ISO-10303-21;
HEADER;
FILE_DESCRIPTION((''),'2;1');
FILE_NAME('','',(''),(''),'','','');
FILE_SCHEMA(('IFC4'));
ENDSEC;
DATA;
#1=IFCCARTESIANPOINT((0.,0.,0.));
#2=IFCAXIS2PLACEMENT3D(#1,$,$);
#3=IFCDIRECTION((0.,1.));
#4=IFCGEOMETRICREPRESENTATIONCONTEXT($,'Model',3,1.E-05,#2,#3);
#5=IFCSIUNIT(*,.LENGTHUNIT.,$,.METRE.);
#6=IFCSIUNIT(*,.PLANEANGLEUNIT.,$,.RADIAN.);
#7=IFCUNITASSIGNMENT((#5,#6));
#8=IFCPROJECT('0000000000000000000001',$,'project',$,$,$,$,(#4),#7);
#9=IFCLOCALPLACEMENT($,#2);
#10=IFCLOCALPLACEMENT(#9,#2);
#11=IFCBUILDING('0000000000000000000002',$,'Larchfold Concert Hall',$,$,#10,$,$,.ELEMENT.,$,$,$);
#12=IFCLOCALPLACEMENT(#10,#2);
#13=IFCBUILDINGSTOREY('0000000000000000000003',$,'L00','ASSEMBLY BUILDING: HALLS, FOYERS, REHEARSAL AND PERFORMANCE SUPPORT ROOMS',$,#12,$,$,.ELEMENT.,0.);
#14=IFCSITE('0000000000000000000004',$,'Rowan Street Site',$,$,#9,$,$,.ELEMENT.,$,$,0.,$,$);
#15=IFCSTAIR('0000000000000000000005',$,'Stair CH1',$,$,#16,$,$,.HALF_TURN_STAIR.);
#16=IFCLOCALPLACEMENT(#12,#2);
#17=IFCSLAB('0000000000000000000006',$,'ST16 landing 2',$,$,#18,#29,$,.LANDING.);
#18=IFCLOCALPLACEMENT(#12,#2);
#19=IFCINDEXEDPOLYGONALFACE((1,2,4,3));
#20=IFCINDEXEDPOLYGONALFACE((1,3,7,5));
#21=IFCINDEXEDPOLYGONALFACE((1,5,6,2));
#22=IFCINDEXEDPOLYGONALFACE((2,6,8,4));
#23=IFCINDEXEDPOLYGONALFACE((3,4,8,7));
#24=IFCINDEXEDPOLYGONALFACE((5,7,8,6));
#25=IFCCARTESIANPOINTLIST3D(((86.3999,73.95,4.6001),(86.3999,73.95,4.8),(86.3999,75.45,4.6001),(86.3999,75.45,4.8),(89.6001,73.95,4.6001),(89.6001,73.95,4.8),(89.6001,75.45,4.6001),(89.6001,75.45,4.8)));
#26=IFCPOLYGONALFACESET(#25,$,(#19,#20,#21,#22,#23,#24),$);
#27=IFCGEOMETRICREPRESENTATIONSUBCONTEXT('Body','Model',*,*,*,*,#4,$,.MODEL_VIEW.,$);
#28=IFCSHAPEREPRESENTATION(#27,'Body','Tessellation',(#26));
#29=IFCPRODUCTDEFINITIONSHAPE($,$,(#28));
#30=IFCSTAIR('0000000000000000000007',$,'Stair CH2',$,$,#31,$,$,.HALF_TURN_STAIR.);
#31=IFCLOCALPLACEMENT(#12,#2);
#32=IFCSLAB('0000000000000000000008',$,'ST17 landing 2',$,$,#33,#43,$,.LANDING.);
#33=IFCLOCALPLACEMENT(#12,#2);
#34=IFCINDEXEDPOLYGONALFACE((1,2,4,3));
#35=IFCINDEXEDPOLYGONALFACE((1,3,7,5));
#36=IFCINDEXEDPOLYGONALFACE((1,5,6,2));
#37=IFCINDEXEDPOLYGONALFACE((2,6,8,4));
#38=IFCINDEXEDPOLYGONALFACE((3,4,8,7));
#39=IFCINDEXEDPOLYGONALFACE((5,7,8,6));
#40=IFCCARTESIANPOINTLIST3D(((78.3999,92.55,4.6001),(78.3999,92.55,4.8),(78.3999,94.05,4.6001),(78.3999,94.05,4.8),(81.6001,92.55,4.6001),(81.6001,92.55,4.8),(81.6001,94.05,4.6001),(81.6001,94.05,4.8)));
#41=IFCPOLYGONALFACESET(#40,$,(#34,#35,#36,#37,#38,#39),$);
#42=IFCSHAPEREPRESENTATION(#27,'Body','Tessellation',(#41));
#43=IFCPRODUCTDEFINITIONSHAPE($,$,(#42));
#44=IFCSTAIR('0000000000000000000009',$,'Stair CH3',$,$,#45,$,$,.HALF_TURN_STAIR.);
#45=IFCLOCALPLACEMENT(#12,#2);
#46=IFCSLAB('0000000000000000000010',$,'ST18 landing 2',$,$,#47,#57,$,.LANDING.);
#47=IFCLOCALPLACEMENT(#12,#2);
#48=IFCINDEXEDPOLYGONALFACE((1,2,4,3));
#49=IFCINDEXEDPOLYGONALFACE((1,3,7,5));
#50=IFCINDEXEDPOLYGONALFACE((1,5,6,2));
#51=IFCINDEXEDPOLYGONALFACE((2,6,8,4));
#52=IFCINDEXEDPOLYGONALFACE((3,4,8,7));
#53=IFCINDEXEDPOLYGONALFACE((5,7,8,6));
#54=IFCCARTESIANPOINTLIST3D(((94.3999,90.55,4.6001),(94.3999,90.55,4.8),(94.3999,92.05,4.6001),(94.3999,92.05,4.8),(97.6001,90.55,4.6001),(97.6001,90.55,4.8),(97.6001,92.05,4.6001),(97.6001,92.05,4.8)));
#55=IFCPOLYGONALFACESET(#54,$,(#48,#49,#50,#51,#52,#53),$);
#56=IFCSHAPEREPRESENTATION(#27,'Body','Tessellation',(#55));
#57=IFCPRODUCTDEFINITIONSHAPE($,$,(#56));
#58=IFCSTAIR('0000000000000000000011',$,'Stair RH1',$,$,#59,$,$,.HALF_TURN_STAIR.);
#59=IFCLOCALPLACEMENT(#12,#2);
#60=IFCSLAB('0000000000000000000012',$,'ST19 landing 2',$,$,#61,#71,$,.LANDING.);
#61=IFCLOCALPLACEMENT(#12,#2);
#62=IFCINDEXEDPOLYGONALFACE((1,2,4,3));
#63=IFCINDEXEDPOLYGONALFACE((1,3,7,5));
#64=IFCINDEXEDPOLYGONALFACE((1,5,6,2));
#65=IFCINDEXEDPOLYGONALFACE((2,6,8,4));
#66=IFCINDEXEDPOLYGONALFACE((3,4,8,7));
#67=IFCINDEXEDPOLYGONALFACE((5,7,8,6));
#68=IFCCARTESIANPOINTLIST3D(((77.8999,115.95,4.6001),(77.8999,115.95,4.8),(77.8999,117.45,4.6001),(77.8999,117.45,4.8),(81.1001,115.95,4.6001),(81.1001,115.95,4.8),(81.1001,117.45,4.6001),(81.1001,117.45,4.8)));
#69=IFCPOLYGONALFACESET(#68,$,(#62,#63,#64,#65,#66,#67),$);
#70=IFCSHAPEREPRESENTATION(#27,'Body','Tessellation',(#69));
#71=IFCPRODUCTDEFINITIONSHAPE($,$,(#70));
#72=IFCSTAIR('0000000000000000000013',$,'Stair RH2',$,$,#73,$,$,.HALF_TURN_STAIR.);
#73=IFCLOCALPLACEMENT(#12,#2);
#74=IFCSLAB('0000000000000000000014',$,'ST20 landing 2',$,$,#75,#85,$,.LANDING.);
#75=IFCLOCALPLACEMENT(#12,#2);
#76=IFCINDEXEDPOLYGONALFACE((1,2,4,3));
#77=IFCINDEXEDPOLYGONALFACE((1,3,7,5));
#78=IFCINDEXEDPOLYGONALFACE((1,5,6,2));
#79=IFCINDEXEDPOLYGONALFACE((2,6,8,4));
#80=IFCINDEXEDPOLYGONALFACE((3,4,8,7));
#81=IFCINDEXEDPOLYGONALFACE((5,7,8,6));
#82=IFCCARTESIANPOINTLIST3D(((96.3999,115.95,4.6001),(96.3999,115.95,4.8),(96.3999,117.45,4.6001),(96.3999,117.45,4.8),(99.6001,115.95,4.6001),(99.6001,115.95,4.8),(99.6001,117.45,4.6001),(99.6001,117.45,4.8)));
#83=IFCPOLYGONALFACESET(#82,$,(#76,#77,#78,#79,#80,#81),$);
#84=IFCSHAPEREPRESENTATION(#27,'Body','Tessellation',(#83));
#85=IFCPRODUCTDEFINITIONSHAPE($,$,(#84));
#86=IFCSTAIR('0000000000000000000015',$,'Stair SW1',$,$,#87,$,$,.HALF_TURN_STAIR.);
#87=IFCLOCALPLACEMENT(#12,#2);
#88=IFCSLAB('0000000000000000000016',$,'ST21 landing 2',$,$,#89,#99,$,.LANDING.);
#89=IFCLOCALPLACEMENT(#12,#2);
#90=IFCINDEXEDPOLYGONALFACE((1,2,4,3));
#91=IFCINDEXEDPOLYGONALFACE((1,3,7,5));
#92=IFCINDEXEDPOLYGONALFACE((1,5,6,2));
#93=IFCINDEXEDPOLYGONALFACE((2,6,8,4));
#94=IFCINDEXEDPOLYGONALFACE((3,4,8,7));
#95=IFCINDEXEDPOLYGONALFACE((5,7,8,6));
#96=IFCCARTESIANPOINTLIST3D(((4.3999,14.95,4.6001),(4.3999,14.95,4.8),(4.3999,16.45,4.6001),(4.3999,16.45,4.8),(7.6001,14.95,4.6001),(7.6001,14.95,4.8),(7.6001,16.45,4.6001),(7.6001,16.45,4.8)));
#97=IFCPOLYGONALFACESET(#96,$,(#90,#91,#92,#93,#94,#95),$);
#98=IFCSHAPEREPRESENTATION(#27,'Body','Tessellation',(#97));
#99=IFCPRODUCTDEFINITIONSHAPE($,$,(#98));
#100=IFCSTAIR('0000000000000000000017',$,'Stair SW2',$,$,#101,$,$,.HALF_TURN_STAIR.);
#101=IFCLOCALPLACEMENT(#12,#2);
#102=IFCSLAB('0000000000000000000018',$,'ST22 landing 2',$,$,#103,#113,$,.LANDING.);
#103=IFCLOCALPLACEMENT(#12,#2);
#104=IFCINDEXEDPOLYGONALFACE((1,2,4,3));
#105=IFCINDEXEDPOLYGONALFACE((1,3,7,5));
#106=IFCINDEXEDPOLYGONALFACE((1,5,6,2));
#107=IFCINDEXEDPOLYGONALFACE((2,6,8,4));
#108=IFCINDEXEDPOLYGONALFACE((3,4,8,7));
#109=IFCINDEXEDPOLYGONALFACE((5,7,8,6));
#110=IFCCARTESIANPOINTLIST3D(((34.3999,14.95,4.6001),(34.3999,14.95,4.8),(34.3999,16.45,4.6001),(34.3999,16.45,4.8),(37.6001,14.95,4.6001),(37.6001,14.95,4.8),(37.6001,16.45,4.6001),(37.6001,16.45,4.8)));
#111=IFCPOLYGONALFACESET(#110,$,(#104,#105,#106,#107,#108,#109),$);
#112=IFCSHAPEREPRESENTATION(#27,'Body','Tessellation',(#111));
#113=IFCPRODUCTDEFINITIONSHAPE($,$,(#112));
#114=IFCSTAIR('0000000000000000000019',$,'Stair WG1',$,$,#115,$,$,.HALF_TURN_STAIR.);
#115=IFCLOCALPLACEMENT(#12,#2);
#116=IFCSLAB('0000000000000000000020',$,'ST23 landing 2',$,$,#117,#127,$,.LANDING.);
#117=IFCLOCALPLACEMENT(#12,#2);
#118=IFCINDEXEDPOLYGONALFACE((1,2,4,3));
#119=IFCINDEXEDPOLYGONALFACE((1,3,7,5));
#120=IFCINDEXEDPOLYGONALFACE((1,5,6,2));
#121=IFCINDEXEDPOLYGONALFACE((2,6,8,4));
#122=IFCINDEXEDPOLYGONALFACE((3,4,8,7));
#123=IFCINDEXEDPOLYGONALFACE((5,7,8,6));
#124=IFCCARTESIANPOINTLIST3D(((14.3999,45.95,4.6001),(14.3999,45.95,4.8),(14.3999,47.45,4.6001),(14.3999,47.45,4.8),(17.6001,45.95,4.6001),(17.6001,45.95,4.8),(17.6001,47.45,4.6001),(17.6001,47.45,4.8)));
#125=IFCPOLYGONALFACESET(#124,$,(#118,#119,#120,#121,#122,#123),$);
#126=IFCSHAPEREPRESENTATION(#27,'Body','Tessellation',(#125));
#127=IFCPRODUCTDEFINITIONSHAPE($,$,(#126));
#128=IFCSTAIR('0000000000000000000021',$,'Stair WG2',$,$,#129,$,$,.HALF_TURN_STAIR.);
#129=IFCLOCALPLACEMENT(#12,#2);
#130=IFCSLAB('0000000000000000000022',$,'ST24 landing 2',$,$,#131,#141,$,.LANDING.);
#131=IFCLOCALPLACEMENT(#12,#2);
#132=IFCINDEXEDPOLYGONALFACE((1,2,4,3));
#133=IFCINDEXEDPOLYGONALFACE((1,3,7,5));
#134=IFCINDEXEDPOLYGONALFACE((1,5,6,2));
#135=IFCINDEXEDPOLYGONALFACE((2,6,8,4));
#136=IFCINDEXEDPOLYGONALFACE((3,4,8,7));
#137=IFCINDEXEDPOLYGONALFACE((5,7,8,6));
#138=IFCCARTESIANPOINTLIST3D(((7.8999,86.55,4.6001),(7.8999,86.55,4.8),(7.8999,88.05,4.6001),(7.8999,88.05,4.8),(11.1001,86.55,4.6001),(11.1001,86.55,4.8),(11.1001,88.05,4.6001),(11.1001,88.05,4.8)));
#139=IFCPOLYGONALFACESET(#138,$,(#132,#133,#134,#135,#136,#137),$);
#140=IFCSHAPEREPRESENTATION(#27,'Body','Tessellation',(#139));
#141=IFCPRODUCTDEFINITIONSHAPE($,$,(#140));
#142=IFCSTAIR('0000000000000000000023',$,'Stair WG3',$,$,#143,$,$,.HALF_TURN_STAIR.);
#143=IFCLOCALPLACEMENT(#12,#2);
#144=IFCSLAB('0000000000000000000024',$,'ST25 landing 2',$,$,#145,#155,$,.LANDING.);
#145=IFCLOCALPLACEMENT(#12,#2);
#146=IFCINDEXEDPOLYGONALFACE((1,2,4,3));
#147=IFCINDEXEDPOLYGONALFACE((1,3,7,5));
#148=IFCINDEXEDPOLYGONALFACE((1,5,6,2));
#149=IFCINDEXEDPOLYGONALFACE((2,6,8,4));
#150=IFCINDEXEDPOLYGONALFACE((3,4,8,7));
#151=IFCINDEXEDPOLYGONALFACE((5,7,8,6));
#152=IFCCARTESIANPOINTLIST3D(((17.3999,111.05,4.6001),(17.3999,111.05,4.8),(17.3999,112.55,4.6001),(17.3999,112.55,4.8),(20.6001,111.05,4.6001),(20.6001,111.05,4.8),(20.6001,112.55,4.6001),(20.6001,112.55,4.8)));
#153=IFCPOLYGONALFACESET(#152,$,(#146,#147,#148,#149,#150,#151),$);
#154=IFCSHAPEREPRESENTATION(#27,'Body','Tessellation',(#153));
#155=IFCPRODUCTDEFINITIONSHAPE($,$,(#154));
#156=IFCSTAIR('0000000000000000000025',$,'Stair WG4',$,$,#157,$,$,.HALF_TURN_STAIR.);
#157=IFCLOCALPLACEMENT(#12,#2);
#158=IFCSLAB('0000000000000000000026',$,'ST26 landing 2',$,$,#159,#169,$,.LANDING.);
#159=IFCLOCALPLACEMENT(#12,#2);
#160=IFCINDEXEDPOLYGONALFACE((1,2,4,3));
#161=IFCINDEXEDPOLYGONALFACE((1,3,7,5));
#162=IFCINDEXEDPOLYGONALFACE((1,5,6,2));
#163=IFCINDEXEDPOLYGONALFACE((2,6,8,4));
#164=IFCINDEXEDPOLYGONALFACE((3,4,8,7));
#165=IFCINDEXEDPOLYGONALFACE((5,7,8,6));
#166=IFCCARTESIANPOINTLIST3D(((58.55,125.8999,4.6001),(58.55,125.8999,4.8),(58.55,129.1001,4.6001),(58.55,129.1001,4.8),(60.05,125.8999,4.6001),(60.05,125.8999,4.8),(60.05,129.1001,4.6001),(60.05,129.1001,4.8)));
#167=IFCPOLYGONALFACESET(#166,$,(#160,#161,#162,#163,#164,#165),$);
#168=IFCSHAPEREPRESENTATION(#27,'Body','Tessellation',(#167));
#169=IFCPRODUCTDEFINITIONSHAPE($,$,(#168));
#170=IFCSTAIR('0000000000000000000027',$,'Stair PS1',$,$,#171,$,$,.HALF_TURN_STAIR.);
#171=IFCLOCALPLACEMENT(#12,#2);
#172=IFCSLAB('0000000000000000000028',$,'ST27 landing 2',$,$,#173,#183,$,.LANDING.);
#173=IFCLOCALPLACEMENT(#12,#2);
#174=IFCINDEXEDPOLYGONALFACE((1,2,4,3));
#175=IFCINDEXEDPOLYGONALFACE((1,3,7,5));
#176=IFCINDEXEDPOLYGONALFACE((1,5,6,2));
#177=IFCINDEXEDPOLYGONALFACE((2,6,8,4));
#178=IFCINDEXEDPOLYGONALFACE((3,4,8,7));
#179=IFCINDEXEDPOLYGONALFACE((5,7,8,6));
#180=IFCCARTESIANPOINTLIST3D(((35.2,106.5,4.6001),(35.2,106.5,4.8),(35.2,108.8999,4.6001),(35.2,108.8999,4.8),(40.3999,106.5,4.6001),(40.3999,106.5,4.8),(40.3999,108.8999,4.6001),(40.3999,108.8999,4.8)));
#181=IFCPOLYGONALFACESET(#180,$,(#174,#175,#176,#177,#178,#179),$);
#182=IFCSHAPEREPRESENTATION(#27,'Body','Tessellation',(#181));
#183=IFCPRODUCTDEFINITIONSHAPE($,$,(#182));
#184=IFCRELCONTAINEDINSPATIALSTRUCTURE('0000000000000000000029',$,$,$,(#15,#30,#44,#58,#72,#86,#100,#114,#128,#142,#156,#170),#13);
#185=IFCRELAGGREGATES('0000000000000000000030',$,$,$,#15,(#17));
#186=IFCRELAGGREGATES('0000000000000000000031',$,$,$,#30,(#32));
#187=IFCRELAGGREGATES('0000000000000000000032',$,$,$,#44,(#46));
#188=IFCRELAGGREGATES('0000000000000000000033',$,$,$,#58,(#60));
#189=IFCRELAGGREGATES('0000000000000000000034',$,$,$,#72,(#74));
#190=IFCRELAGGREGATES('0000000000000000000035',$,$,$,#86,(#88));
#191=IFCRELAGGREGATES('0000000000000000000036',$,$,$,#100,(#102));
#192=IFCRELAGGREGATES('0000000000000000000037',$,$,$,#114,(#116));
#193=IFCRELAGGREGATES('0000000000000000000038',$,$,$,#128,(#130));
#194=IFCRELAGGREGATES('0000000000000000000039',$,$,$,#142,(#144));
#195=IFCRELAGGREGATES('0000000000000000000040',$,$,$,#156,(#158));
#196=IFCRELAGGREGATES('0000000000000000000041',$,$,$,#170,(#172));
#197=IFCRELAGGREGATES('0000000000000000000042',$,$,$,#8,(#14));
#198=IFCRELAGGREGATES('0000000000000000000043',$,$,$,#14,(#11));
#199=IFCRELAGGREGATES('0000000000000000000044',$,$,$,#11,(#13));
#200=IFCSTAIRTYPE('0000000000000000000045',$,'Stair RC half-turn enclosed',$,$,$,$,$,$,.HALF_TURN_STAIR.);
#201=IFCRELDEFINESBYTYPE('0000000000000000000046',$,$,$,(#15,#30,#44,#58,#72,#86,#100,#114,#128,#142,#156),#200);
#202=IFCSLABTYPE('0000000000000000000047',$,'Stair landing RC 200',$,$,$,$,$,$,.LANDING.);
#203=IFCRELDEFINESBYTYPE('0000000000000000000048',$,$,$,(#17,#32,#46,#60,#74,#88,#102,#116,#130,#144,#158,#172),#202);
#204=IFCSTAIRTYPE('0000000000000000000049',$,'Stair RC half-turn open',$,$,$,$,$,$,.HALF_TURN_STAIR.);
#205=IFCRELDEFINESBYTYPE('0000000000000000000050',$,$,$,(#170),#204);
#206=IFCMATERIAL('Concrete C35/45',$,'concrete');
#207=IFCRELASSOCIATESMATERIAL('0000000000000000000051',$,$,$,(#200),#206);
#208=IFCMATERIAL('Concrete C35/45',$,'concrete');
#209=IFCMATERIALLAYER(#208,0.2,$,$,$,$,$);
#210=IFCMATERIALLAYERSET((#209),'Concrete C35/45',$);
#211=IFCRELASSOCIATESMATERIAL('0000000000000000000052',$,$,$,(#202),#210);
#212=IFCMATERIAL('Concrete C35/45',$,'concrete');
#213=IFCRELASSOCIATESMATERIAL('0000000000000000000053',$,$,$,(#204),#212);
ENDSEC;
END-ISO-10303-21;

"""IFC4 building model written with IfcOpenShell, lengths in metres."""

from ifc_helpers import new_model, si_unit, direction, frame, origin, place, context, subcontext, project, spatial, polyline, outline, extrude, material, layer, layer_set, type_object, element, aggregate, save


model = new_model("IFC4")

# Units and contexts
model_context = context("Model", 3, precision=1e-05, world=origin(), true_north=direction((0.0, 1.0)))
body_context = subcontext(model_context, "Body", "Model", "MODEL_VIEW")
ifc_project = project(units=[si_unit("LENGTHUNIT", "METRE"), si_unit("PLANEANGLEUNIT", "RADIAN")], contexts=[model_context])

# Site, building, storey
site_placement = place(None, origin())
site = spatial("IfcSite", under=ifc_project, at=site_placement, Name="Rowan Street Site", CompositionType="ELEMENT", RefElevation=0.0)
building_placement = place(site_placement, origin())
building = spatial("IfcBuilding", under=site, at=building_placement, Name="Larchfold Concert Hall", CompositionType="ELEMENT")
storey_placement = place(building_placement, origin())
storey = spatial("IfcBuildingStorey", under=building, at=storey_placement, Name="L00", Description="ASSEMBLY BUILDING: HALLS, FOYERS, REHEARSAL AND PERFORMANCE SUPPORT ROOMS", CompositionType="ELEMENT", Elevation=0.0)

# Stairs, slabs
ifc_material_1 = material(Name="Concrete C35/45", Category="concrete")
stair_type_1 = type_object("IfcStairType", Name="Stair RC half-turn enclosed", PredefinedType="HALF_TURN_STAIR", material=ifc_material_1)
ifc_material_2 = material(Name="Concrete C35/45", Category="concrete")
ifc_layer_1 = layer(ifc_material_2, 0.2)
ifc_layer_set_1 = layer_set([ifc_layer_1], Name="Concrete C35/45")
slab_type = type_object("IfcSlabType", Name="Stair landing RC 200", PredefinedType="LANDING", material=ifc_layer_set_1)
stair_1_placement = place(storey_placement, origin())
stair_1 = element("IfcStair", 1, at=stair_1_placement, inside=storey, type_object=stair_type_1, Name="Stair CH1", PredefinedType="HALF_TURN_STAIR")
slab_1_placement = place(storey_placement, frame((0.0, 0.0, 4.6001)))
slab_1 = element("IfcSlab", 2, at=slab_1_placement, type_object=slab_type, Name="ST16 landing 2", PredefinedType="LANDING", context=body_context, shape_type="SweptSolid", body=[
    extrude(outline(polyline([(86.3999, 75.45), (86.3999, 73.95), (89.6001, 73.95), (89.6001, 75.45), (86.3999, 75.45)])), origin(), (0.0, 0.0, 1.0), 0.2),
])
aggregate(stair_1, [slab_1])
stair_2_placement = place(storey_placement, origin())
stair_2 = element("IfcStair", 3, at=stair_2_placement, inside=storey, type_object=stair_type_1, Name="Stair CH2", PredefinedType="HALF_TURN_STAIR")
slab_2_placement = place(storey_placement, frame((0.0, 0.0, 4.6001)))
slab_2 = element("IfcSlab", 4, at=slab_2_placement, type_object=slab_type, Name="ST17 landing 2", PredefinedType="LANDING", context=body_context, shape_type="SweptSolid", body=[
    extrude(outline(polyline([(81.6001, 92.55), (81.6001, 94.05), (78.3999, 94.05), (78.3999, 92.55), (81.6001, 92.55)])), origin(), (0.0, 0.0, 1.0), 0.2),
])
aggregate(stair_2, [slab_2])
stair_3_placement = place(storey_placement, origin())
stair_3 = element("IfcStair", 5, at=stair_3_placement, inside=storey, type_object=stair_type_1, Name="Stair CH3", PredefinedType="HALF_TURN_STAIR")
slab_3_placement = place(storey_placement, frame((0.0, 0.0, 4.6001)))
slab_3 = element("IfcSlab", 6, at=slab_3_placement, type_object=slab_type, Name="ST18 landing 2", PredefinedType="LANDING", context=body_context, shape_type="SweptSolid", body=[
    extrude(outline(polyline([(97.6001, 90.55), (97.6001, 92.05), (94.3999, 92.05), (94.3999, 90.55), (97.6001, 90.55)])), origin(), (0.0, 0.0, 1.0), 0.2),
])
aggregate(stair_3, [slab_3])
stair_4_placement = place(storey_placement, origin())
stair_4 = element("IfcStair", 7, at=stair_4_placement, inside=storey, type_object=stair_type_1, Name="Stair RH1", PredefinedType="HALF_TURN_STAIR")
slab_4_placement = place(storey_placement, frame((0.0, 0.0, 4.6001)))
slab_4 = element("IfcSlab", 8, at=slab_4_placement, type_object=slab_type, Name="ST19 landing 2", PredefinedType="LANDING", context=body_context, shape_type="SweptSolid", body=[
    extrude(outline(polyline([(77.8999, 117.45), (77.8999, 115.95), (81.1001, 115.95), (81.1001, 117.45), (77.8999, 117.45)])), origin(), (0.0, 0.0, 1.0), 0.2),
])
aggregate(stair_4, [slab_4])
stair_5_placement = place(storey_placement, origin())
stair_5 = element("IfcStair", 9, at=stair_5_placement, inside=storey, type_object=stair_type_1, Name="Stair RH2", PredefinedType="HALF_TURN_STAIR")
slab_5_placement = place(storey_placement, frame((0.0, 0.0, 4.6001)))
slab_5 = element("IfcSlab", 10, at=slab_5_placement, type_object=slab_type, Name="ST20 landing 2", PredefinedType="LANDING", context=body_context, shape_type="SweptSolid", body=[
    extrude(outline(polyline([(96.3999, 117.45), (96.3999, 115.95), (99.6001, 115.95), (99.6001, 117.45), (96.3999, 117.45)])), origin(), (0.0, 0.0, 1.0), 0.2),
])
aggregate(stair_5, [slab_5])
stair_6_placement = place(storey_placement, origin())
stair_6 = element("IfcStair", 11, at=stair_6_placement, inside=storey, type_object=stair_type_1, Name="Stair SW1", PredefinedType="HALF_TURN_STAIR")
slab_6_placement = place(storey_placement, frame((0.0, 0.0, 4.6001)))
slab_6 = element("IfcSlab", 12, at=slab_6_placement, type_object=slab_type, Name="ST21 landing 2", PredefinedType="LANDING", context=body_context, shape_type="SweptSolid", body=[
    extrude(outline(polyline([(4.3999, 16.45), (4.3999, 14.95), (7.6001, 14.95), (7.6001, 16.45), (4.3999, 16.45)])), origin(), (0.0, 0.0, 1.0), 0.2),
])
aggregate(stair_6, [slab_6])
stair_7_placement = place(storey_placement, origin())
stair_7 = element("IfcStair", 13, at=stair_7_placement, inside=storey, type_object=stair_type_1, Name="Stair SW2", PredefinedType="HALF_TURN_STAIR")
slab_7_placement = place(storey_placement, frame((0.0, 0.0, 4.6001)))
slab_7 = element("IfcSlab", 14, at=slab_7_placement, type_object=slab_type, Name="ST22 landing 2", PredefinedType="LANDING", context=body_context, shape_type="SweptSolid", body=[
    extrude(outline(polyline([(34.3999, 16.45), (34.3999, 14.95), (37.6001, 14.95), (37.6001, 16.45), (34.3999, 16.45)])), origin(), (0.0, 0.0, 1.0), 0.2),
])
aggregate(stair_7, [slab_7])
stair_8_placement = place(storey_placement, origin())
stair_8 = element("IfcStair", 15, at=stair_8_placement, inside=storey, type_object=stair_type_1, Name="Stair WG1", PredefinedType="HALF_TURN_STAIR")
slab_8_placement = place(storey_placement, frame((0.0, 0.0, 4.6001)))
slab_8 = element("IfcSlab", 16, at=slab_8_placement, type_object=slab_type, Name="ST23 landing 2", PredefinedType="LANDING", context=body_context, shape_type="SweptSolid", body=[
    extrude(outline(polyline([(14.3999, 47.45), (14.3999, 45.95), (17.6001, 45.95), (17.6001, 47.45), (14.3999, 47.45)])), origin(), (0.0, 0.0, 1.0), 0.2),
])
aggregate(stair_8, [slab_8])
stair_9_placement = place(storey_placement, origin())
stair_9 = element("IfcStair", 17, at=stair_9_placement, inside=storey, type_object=stair_type_1, Name="Stair WG2", PredefinedType="HALF_TURN_STAIR")
slab_9_placement = place(storey_placement, frame((0.0, 0.0, 4.6001)))
slab_9 = element("IfcSlab", 18, at=slab_9_placement, type_object=slab_type, Name="ST24 landing 2", PredefinedType="LANDING", context=body_context, shape_type="SweptSolid", body=[
    extrude(outline(polyline([(7.8999, 88.05), (7.8999, 86.55), (11.1001, 86.55), (11.1001, 88.05), (7.8999, 88.05)])), origin(), (0.0, 0.0, 1.0), 0.2),
])
aggregate(stair_9, [slab_9])
stair_10_placement = place(storey_placement, origin())
stair_10 = element("IfcStair", 19, at=stair_10_placement, inside=storey, type_object=stair_type_1, Name="Stair WG3", PredefinedType="HALF_TURN_STAIR")
slab_10_placement = place(storey_placement, frame((0.0, 0.0, 4.6001)))
slab_10 = element("IfcSlab", 20, at=slab_10_placement, type_object=slab_type, Name="ST25 landing 2", PredefinedType="LANDING", context=body_context, shape_type="SweptSolid", body=[
    extrude(outline(polyline([(20.6001, 111.05), (20.6001, 112.55), (17.3999, 112.55), (17.3999, 111.05), (20.6001, 111.05)])), origin(), (0.0, 0.0, 1.0), 0.2),
])
aggregate(stair_10, [slab_10])
stair_11_placement = place(storey_placement, origin())
stair_11 = element("IfcStair", 21, at=stair_11_placement, inside=storey, type_object=stair_type_1, Name="Stair WG4", PredefinedType="HALF_TURN_STAIR")
slab_11_placement = place(storey_placement, frame((0.0, 0.0, 4.6001)))
slab_11 = element("IfcSlab", 22, at=slab_11_placement, type_object=slab_type, Name="ST26 landing 2", PredefinedType="LANDING", context=body_context, shape_type="SweptSolid", body=[
    extrude(outline(polyline([(58.55, 125.8999), (60.05, 125.8999), (60.05, 129.1001), (58.55, 129.1001), (58.55, 125.8999)])), origin(), (0.0, 0.0, 1.0), 0.2),
])
aggregate(stair_11, [slab_11])
ifc_material_3 = material(Name="Concrete C35/45", Category="concrete")
stair_type_2 = type_object("IfcStairType", Name="Stair RC half-turn open", PredefinedType="HALF_TURN_STAIR", material=ifc_material_3)
stair_12_placement = place(storey_placement, origin())
stair_12 = element("IfcStair", 23, at=stair_12_placement, inside=storey, type_object=stair_type_2, Name="Stair PS1", PredefinedType="HALF_TURN_STAIR")
slab_12_placement = place(storey_placement, frame((0.0, 0.0, 4.6001)))
slab_12 = element("IfcSlab", 24, at=slab_12_placement, type_object=slab_type, Name="ST27 landing 2", PredefinedType="LANDING", context=body_context, shape_type="SweptSolid", body=[
    extrude(outline(polyline([(40.3999, 106.5), (40.3999, 108.8999), (35.2, 108.8999), (35.2, 106.5), (40.3999, 106.5)])), origin(), (0.0, 0.0, 1.0), 0.2),
])
aggregate(stair_12, [slab_12])

save(model, "model.ifc")
